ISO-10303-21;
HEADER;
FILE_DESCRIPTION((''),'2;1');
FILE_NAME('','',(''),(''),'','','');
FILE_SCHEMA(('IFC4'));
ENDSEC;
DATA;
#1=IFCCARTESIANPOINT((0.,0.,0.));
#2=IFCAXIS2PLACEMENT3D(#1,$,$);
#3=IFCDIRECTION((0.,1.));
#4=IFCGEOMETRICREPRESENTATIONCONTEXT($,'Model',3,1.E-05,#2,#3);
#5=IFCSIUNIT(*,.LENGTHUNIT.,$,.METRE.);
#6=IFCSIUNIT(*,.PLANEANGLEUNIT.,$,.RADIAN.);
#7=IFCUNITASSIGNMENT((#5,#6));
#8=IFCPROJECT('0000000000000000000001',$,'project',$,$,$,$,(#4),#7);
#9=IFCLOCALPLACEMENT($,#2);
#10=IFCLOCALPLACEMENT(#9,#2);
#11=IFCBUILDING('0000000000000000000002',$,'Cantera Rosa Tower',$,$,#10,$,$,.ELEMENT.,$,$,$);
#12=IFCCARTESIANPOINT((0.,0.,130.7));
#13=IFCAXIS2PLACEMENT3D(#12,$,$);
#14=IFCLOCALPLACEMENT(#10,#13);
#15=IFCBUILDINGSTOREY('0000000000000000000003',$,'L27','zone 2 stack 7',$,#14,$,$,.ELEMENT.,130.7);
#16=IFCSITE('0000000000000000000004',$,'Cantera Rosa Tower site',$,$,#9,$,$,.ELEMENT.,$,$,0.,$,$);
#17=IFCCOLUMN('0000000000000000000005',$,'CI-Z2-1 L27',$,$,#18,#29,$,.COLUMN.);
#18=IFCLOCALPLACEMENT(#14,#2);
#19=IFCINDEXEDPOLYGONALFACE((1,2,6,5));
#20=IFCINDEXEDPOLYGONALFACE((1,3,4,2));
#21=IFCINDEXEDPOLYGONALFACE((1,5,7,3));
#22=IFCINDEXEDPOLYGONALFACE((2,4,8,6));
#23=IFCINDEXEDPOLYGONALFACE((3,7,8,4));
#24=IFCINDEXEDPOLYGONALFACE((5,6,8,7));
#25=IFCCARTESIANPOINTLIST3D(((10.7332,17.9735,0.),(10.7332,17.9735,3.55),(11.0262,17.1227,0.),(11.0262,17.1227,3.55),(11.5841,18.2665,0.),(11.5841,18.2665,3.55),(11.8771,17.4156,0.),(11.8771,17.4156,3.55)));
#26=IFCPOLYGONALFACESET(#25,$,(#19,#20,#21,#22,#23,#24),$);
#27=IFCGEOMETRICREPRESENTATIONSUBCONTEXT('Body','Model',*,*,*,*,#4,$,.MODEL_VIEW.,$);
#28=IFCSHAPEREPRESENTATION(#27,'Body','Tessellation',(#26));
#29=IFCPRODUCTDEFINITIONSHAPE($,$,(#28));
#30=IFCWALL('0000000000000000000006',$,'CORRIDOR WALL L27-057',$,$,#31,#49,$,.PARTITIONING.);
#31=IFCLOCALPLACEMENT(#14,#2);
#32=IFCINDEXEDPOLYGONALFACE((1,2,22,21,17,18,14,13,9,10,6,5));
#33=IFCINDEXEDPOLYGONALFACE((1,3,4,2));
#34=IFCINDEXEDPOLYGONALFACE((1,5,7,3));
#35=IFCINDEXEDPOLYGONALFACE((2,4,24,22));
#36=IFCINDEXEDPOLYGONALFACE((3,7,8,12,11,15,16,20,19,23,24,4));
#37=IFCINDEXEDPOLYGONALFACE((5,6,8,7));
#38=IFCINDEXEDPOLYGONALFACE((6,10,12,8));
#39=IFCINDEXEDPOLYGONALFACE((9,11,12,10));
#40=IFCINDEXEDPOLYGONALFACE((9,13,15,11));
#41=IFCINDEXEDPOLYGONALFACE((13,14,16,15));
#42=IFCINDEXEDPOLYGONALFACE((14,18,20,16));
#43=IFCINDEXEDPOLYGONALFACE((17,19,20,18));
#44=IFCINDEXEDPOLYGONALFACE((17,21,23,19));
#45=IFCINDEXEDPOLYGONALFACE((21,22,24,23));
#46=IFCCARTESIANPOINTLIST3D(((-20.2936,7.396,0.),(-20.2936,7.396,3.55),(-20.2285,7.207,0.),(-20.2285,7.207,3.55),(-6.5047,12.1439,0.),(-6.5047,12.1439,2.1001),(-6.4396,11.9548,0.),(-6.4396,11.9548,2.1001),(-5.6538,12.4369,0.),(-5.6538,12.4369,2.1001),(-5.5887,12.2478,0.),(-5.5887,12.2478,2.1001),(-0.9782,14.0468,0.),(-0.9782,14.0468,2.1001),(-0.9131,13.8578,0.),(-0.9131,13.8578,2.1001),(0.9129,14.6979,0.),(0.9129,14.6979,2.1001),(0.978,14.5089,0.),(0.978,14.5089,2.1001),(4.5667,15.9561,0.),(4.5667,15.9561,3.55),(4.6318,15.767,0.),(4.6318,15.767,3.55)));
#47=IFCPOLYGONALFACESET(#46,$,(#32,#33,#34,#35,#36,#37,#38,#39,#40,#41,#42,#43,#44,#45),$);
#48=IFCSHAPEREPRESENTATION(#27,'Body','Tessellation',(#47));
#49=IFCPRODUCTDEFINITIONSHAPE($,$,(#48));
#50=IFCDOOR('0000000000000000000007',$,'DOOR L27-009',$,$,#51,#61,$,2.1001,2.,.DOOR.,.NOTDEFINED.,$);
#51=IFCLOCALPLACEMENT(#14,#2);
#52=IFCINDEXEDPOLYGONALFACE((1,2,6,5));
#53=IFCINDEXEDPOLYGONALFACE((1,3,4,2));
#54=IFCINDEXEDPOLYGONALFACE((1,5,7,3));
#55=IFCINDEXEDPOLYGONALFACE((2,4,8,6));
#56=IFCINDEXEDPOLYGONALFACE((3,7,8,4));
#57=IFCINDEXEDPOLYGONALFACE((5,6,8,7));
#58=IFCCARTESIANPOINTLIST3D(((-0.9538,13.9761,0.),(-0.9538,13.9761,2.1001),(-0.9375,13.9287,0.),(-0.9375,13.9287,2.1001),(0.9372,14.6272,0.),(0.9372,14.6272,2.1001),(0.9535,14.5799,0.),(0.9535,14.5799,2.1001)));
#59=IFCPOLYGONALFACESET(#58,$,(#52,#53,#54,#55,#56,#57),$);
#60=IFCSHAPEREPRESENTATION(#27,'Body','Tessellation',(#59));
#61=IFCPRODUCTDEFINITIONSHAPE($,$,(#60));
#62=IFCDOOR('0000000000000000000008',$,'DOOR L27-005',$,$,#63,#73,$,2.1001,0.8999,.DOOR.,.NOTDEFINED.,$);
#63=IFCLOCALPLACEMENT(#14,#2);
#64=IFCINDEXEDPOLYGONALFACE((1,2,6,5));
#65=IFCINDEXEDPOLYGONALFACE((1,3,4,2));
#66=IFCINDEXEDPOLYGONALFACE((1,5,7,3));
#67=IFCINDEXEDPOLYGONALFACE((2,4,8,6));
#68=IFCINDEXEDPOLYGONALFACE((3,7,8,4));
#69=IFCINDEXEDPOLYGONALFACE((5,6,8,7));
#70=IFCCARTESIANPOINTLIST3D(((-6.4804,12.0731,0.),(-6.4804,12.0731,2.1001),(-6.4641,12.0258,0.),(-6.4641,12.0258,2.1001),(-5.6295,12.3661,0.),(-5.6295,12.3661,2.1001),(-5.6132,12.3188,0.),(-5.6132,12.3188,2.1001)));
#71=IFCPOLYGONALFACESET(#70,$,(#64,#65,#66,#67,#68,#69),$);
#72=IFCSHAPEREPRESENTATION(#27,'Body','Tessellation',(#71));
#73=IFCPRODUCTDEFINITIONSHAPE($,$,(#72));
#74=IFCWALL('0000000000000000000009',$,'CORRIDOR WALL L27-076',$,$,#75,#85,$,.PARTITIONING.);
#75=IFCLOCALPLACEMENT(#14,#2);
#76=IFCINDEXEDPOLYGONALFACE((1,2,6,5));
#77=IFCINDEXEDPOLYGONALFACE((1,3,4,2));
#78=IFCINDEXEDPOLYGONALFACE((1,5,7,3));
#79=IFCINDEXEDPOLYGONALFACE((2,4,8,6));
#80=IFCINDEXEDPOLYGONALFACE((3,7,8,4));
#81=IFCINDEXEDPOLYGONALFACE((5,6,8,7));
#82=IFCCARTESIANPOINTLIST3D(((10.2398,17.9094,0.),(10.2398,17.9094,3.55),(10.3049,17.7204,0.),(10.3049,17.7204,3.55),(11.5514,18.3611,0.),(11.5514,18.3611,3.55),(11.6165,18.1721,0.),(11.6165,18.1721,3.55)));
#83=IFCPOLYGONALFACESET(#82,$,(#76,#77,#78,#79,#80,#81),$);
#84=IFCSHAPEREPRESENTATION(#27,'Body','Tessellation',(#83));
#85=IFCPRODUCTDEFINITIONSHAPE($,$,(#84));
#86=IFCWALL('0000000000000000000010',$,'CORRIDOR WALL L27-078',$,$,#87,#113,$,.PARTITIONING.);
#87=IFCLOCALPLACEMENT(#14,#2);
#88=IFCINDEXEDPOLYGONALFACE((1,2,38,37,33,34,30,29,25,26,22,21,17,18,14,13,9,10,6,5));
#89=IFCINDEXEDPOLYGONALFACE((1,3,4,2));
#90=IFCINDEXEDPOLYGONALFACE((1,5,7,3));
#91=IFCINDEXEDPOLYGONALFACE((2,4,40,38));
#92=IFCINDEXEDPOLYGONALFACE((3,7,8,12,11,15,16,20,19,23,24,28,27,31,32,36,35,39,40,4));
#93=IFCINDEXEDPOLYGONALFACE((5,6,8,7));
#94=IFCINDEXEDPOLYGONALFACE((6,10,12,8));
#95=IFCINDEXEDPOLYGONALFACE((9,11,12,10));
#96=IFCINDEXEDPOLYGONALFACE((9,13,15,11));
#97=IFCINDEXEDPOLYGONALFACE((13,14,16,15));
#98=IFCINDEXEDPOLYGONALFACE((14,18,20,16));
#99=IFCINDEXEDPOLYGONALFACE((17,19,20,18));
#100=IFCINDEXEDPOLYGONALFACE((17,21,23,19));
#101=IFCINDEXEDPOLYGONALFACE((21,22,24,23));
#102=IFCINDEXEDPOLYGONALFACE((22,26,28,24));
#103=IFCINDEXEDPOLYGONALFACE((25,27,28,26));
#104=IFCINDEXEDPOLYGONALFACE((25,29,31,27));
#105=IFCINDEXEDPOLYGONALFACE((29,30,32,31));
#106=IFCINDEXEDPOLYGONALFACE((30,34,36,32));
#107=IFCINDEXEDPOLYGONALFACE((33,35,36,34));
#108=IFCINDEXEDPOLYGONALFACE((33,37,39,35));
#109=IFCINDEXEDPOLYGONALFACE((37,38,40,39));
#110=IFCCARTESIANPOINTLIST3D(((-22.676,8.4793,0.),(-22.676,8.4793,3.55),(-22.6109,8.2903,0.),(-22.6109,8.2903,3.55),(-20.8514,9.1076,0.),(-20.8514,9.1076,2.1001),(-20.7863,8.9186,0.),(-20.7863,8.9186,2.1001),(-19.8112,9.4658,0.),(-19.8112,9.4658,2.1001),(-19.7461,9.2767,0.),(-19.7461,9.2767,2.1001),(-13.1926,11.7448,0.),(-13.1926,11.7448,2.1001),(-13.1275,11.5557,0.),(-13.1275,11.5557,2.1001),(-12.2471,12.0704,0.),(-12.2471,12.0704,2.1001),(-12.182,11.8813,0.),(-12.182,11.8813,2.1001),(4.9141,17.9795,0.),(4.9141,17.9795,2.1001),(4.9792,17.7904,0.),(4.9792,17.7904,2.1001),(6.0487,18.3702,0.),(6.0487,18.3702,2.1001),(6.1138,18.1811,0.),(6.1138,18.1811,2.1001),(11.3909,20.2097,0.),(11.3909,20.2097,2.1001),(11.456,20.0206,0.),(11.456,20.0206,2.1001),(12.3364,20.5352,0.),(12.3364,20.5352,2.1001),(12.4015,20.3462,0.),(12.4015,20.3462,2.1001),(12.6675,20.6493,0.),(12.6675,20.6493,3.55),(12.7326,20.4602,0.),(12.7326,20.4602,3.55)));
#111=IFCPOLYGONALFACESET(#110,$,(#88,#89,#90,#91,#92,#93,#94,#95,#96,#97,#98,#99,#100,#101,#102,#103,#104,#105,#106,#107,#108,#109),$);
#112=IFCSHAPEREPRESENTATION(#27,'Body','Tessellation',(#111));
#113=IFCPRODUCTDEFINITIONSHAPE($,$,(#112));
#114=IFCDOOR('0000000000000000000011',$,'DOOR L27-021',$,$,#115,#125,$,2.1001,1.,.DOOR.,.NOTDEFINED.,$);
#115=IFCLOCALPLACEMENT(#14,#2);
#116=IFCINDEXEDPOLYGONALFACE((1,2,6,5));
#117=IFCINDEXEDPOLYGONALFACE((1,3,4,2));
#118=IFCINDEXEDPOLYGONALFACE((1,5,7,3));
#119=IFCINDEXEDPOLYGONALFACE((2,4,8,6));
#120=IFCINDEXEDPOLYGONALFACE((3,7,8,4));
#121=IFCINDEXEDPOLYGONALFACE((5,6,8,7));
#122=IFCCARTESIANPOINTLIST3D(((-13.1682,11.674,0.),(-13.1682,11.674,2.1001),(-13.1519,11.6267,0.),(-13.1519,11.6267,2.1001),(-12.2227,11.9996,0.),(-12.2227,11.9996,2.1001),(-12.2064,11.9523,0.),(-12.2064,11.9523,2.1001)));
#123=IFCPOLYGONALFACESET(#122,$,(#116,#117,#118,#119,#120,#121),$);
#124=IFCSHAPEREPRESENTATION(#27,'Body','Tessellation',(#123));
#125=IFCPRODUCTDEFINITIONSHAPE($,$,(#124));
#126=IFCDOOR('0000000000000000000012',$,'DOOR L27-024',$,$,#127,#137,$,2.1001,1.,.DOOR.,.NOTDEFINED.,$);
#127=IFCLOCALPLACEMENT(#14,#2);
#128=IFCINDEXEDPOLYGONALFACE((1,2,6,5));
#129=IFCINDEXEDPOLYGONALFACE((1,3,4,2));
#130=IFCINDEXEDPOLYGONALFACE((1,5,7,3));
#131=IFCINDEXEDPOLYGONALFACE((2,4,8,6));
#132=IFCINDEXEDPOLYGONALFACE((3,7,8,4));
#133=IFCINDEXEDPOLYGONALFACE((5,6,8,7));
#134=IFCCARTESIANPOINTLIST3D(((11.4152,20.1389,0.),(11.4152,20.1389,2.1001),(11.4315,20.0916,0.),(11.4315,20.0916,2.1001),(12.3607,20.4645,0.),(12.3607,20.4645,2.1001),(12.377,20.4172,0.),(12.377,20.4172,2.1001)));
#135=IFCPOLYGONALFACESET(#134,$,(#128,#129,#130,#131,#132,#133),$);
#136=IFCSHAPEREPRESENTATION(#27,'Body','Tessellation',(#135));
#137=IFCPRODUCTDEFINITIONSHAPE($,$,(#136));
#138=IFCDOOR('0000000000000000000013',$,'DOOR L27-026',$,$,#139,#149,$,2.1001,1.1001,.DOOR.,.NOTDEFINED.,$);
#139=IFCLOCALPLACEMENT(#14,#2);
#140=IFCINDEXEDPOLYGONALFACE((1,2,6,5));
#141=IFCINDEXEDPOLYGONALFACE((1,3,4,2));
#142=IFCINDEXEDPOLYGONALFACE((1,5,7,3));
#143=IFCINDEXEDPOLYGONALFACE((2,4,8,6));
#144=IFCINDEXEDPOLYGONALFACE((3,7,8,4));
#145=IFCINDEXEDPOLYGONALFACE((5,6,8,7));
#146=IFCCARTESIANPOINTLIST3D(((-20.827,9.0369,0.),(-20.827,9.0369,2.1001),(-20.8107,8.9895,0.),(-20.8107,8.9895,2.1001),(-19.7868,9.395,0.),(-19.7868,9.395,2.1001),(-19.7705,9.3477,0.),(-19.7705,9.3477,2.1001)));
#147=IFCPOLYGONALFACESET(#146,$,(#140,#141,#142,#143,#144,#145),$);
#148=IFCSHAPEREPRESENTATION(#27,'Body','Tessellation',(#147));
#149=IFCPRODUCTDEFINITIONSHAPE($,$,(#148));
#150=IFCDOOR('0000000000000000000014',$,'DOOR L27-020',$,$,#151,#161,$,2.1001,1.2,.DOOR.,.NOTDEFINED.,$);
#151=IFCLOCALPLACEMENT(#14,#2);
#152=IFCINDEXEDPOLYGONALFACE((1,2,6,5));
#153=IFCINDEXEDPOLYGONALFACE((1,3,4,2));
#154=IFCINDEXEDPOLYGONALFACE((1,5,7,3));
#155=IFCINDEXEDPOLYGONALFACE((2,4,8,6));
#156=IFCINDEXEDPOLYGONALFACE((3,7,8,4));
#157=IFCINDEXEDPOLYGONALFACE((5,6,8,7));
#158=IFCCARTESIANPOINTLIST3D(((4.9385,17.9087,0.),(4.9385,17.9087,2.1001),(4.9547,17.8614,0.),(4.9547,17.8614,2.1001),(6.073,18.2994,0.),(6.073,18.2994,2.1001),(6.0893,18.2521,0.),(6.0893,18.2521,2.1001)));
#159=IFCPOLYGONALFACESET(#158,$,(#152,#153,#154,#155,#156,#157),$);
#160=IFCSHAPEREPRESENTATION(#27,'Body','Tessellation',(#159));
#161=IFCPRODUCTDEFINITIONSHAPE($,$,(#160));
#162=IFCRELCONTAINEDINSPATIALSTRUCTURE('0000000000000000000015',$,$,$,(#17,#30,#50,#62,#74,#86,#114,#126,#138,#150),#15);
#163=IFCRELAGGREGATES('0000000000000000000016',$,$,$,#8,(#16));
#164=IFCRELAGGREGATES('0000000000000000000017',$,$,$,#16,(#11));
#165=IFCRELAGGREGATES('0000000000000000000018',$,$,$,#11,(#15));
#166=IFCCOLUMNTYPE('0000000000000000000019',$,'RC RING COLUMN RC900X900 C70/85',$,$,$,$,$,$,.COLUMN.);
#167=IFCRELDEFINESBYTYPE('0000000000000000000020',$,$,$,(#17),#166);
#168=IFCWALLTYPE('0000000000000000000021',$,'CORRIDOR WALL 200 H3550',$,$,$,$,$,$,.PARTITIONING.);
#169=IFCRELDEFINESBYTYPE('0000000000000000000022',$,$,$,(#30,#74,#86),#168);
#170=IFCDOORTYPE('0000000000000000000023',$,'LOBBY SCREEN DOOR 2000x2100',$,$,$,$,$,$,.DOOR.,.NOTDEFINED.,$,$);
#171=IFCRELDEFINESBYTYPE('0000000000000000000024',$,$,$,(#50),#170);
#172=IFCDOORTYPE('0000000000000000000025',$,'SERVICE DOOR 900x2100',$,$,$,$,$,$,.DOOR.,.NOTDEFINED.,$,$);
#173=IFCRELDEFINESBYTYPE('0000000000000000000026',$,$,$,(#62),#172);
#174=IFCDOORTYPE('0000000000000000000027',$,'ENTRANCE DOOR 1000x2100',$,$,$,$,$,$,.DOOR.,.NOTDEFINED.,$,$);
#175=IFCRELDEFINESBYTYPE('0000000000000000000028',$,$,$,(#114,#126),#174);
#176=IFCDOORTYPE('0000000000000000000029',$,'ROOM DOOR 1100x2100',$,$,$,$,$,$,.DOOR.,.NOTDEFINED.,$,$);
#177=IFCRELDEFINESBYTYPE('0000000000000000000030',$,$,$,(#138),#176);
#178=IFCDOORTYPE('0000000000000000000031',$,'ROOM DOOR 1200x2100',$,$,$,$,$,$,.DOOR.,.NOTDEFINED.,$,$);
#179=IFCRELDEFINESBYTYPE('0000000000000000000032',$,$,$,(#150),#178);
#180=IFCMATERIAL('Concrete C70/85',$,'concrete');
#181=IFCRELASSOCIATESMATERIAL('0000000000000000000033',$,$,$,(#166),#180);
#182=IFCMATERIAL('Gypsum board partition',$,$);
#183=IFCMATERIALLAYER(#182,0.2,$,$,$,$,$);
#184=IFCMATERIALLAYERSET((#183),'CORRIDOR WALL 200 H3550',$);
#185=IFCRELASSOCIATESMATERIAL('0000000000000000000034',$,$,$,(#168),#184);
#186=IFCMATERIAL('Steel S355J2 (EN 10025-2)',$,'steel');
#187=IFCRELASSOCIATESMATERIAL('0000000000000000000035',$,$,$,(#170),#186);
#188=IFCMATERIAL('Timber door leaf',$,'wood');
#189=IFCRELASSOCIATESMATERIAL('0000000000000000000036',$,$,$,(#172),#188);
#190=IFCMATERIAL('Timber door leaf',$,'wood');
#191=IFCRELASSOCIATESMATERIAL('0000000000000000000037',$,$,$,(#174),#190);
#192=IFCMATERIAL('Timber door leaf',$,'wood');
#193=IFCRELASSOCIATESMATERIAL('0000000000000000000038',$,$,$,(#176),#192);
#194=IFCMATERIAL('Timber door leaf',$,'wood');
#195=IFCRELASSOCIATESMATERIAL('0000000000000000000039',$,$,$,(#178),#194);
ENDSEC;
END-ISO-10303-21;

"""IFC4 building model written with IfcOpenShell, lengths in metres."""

from ifc_helpers import new_model, si_unit, direction, frame, frame_2d, origin, origin_2d, place, context, subcontext, project, spatial, rectangle, extrude, material, layer, layer_set, material_profile, profile_set, type_object, element, fill, save


model = new_model("IFC4")

# Units and contexts
model_context = context("Model", 3, precision=1e-05, world=origin(), true_north=direction((0.0, 1.0)))
body_context = subcontext(model_context, "Body", "Model", "MODEL_VIEW")
ifc_project = project(units=[si_unit("LENGTHUNIT", "METRE"), si_unit("PLANEANGLEUNIT", "RADIAN")], contexts=[model_context])

# Site, building, storey
site_placement = place(None, origin())
site = spatial("IfcSite", under=ifc_project, at=site_placement, Name="Cantera Rosa Tower site", CompositionType="ELEMENT", RefElevation=0.0)
building_placement = place(site_placement, origin())
building = spatial("IfcBuilding", under=site, at=building_placement, Name="Cantera Rosa Tower", CompositionType="ELEMENT")
storey_placement = place(building_placement, frame((0.0, 0.0, 130.7)))
storey = spatial("IfcBuildingStorey", under=building, at=storey_placement, Name="L27", Description="zone 2 stack 7", CompositionType="ELEMENT", Elevation=130.7)

# Column
ifc_material_1 = material(Name="Concrete C70/85", Category="concrete")
ifc_material_profile = material_profile(ifc_material_1, rectangle(XDim=0.8999, YDim=0.8999, at=origin_2d()), Name="RC RING COLUMN RC900X900 C70/85")
ifc_profile_set = profile_set([ifc_material_profile], Name="Concrete C70/85")
column_type = type_object("IfcColumnType", Name="RC RING COLUMN RC900X900 C70/85", PredefinedType="COLUMN", material=ifc_profile_set)
column_placement = place(storey_placement, frame((11.3052, 17.6946, 0.0), z_axis=(0.0, 0.0, 1.0), x_axis=(0.945519, 0.325568, 0.0)))
element("IfcColumn", 1, at=column_placement, inside=storey, type_object=column_type, Name="CI-Z2-1 L27", PredefinedType="COLUMN", context=body_context, shape_type="SweptSolid", body=[
    extrude(rectangle(XDim=0.8999, YDim=0.8999, at=origin_2d()), origin(), (0.0, 0.0, 1.0), 3.55),
])

# Wall, openings, doors
ifc_material_2 = material(Name="Gypsum board partition")
ifc_layer_1 = layer(ifc_material_2, 0.2)
ifc_layer_set_1 = layer_set([ifc_layer_1], Name="CORRIDOR WALL 200 H3550")
wall_type_1 = type_object("IfcWallType", Name="CORRIDOR WALL 200 H3550", PredefinedType="PARTITIONING", material=ifc_layer_set_1)
wall_1_placement = place(storey_placement, frame((4.5994, 15.8616, 0.0), z_axis=(0.0, 0.0, 1.0), x_axis=(-0.945519, -0.325567, 0.0)))
wall_1 = element("IfcWall", 2, at=wall_1_placement, inside=storey, type_object=wall_type_1, Name="CORRIDOR WALL L27-057", PredefinedType="PARTITIONING", context=body_context, shape_type="SweptSolid", body=[
    extrude(rectangle(XDim=26.2927, YDim=0.2, at=frame_2d((13.1465, 0.0))), origin(), (0.0, 0.0, 1.0), 3.55),
])
opening_1_placement = place(wall_1_placement, frame((10.8096, 0.0, 0.0)))
opening_1 = element("IfcOpeningElement", 3, at=opening_1_placement, cuts=wall_1, PredefinedType="OPENING", context=body_context, shape_type="SweptSolid", body=[
    extrude(rectangle(XDim=0.8999, YDim=2.1001, at=frame_2d((0.45, 1.05))), frame((0.0, 0.1099, 0.0), z_axis=(0.0, -1.0, 0.0), x_axis=(1.0, 0.0, 0.0)), (0.0, 0.0, 1.0), 0.22),
])
opening_2_placement = place(wall_1_placement, frame((3.8645, 0.0, 0.0)))
opening_2 = element("IfcOpeningElement", 4, at=opening_2_placement, cuts=wall_1, PredefinedType="OPENING", context=body_context, shape_type="SweptSolid", body=[
    extrude(rectangle(XDim=2.0, YDim=2.1001, at=frame_2d((1.0, 1.05))), frame((0.0, 0.1099, 0.0), z_axis=(0.0, -1.0, 0.0), x_axis=(1.0, 0.0, 0.0)), (0.0, 0.0, 1.0), 0.22),
])
ifc_material_3 = material(Name="Steel S355J2 (EN 10025-2)", Category="steel")
door_type_1 = type_object("IfcDoorType", Name="LOBBY SCREEN DOOR 2000x2100", OperationType="NOTDEFINED", PredefinedType="DOOR", material=ifc_material_3)
door_1_placement = place(opening_2_placement, origin())
door_1 = element("IfcDoor", 5, at=door_1_placement, inside=storey, type_object=door_type_1, Name="DOOR L27-009", OperationType="NOTDEFINED", OverallHeight=2.1001, OverallWidth=2.0, PredefinedType="DOOR", context=body_context, shape_type="SweptSolid", body=[
    extrude(rectangle(XDim=2.0, YDim=2.1001, at=frame_2d((1.0, 1.05))), frame((0.0, 0.0249, 0.0), z_axis=(0.0, -1.0, 0.0), x_axis=(1.0, 0.0, 0.0)), (0.0, 0.0, 1.0), 0.05),
])
fill(opening_2, door_1)
ifc_material_4 = material(Name="Timber door leaf", Category="wood")
door_type_2 = type_object("IfcDoorType", Name="SERVICE DOOR 900x2100", OperationType="NOTDEFINED", PredefinedType="DOOR", material=ifc_material_4)
door_2_placement = place(opening_1_placement, origin())
door_2 = element("IfcDoor", 6, at=door_2_placement, inside=storey, type_object=door_type_2, Name="DOOR L27-005", OperationType="NOTDEFINED", OverallHeight=2.1001, OverallWidth=0.8999, PredefinedType="DOOR", context=body_context, shape_type="SweptSolid", body=[
    extrude(rectangle(XDim=0.8999, YDim=2.1001, at=frame_2d((0.45, 1.05))), frame((0.0, 0.0249, 0.0), z_axis=(0.0, -1.0, 0.0), x_axis=(1.0, 0.0, 0.0)), (0.0, 0.0, 1.0), 0.05),
])
fill(opening_1, door_2)

# Wall
wall_2_placement = place(storey_placement, frame((11.584, 18.2666, 0.0), z_axis=(0.0, 0.0, 1.0), x_axis=(-0.945504, -0.325611, 0.0)))
element("IfcWall", 7, at=wall_2_placement, inside=storey, type_object=wall_type_1, Name="CORRIDOR WALL L27-076", PredefinedType="PARTITIONING", context=body_context, shape_type="SweptSolid", body=[
    extrude(rectangle(XDim=1.3872, YDim=0.2, at=frame_2d((0.6936, 0.0))), origin(), (0.0, 0.0, 1.0), 3.55),
])

# Wall, openings, doors
wall_3_placement = place(storey_placement, frame((12.7, 20.5547, 0.0), z_axis=(0.0, 0.0, 1.0), x_axis=(-0.945517, -0.325572, 0.0)))
wall_3 = element("IfcWall", 8, at=wall_3_placement, inside=storey, type_object=wall_type_1, Name="CORRIDOR WALL L27-078", PredefinedType="PARTITIONING", context=body_context, shape_type="SweptSolid", body=[
    extrude(rectangle(XDim=37.3801, YDim=0.2, at=frame_2d((18.6899, 0.0))), origin(), (0.0, 0.0, 1.0), 3.55),
])
opening_3_placement = place(wall_3_placement, frame((7.0, 0.0, 0.0)))
opening_3 = element("IfcOpeningElement", 9, at=opening_3_placement, cuts=wall_3, PredefinedType="OPENING", context=body_context, shape_type="SweptSolid", body=[
    extrude(rectangle(XDim=1.2, YDim=2.1001, at=frame_2d((0.6001, 1.05))), frame((0.0, 0.1099, 0.0), z_axis=(0.0, -1.0, 0.0), x_axis=(1.0, 0.0, 0.0)), (0.0, 0.0, 1.0), 0.22),
])
opening_4_placement = place(wall_3_placement, frame((26.3501, 0.0, 0.0)))
opening_4 = element("IfcOpeningElement", 10, at=opening_4_placement, cuts=wall_3, PredefinedType="OPENING", context=body_context, shape_type="SweptSolid", body=[
    extrude(rectangle(XDim=1.0, YDim=2.1001, at=frame_2d((0.5, 1.05))), frame((0.0, 0.1099, 0.0), z_axis=(0.0, -1.0, 0.0), x_axis=(1.0, 0.0, 0.0)), (0.0, 0.0, 1.0), 0.22),
])
opening_5_placement = place(wall_3_placement, frame((0.3501, 0.0, 0.0)))
opening_5 = element("IfcOpeningElement", 11, at=opening_5_placement, cuts=wall_3, PredefinedType="OPENING", context=body_context, shape_type="SweptSolid", body=[
    extrude(rectangle(XDim=1.0, YDim=2.1001, at=frame_2d((0.5, 1.05))), frame((0.0, 0.1099, 0.0), z_axis=(0.0, -1.0, 0.0), x_axis=(1.0, 0.0, 0.0)), (0.0, 0.0, 1.0), 0.22),
])
opening_6_placement = place(wall_3_placement, frame((34.3501, 0.0, 0.0)))
opening_6 = element("IfcOpeningElement", 12, at=opening_6_placement, cuts=wall_3, PredefinedType="OPENING", context=body_context, shape_type="SweptSolid", body=[
    extrude(rectangle(XDim=1.1001, YDim=2.1001, at=frame_2d((0.55, 1.05))), frame((0.0, 0.1099, 0.0), z_axis=(0.0, -1.0, 0.0), x_axis=(1.0, 0.0, 0.0)), (0.0, 0.0, 1.0), 0.22),
])
ifc_material_5 = material(Name="Timber door leaf", Category="wood")
door_type_3 = type_object("IfcDoorType", Name="ENTRANCE DOOR 1000x2100", OperationType="NOTDEFINED", PredefinedType="DOOR", material=ifc_material_5)
door_3_placement = place(opening_4_placement, origin())
door_3 = element("IfcDoor", 13, at=door_3_placement, inside=storey, type_object=door_type_3, Name="DOOR L27-021", OperationType="NOTDEFINED", OverallHeight=2.1001, OverallWidth=1.0, PredefinedType="DOOR", context=body_context, shape_type="SweptSolid", body=[
    extrude(rectangle(XDim=1.0, YDim=2.1001, at=frame_2d((0.5, 1.05))), frame((0.0, 0.0249, 0.0), z_axis=(0.0, -1.0, 0.0), x_axis=(1.0, 0.0, 0.0)), (0.0, 0.0, 1.0), 0.05),
])
fill(opening_4, door_3)
door_4_placement = place(opening_5_placement, origin())
door_4 = element("IfcDoor", 14, at=door_4_placement, inside=storey, type_object=door_type_3, Name="DOOR L27-024", OperationType="NOTDEFINED", OverallHeight=2.1001, OverallWidth=1.0, PredefinedType="DOOR", context=body_context, shape_type="SweptSolid", body=[
    extrude(rectangle(XDim=1.0, YDim=2.1001, at=frame_2d((0.5, 1.05))), frame((0.0, 0.0249, 0.0), z_axis=(0.0, -1.0, 0.0), x_axis=(1.0, 0.0, 0.0)), (0.0, 0.0, 1.0), 0.05),
])
fill(opening_5, door_4)
ifc_material_6 = material(Name="Timber door leaf", Category="wood")
door_type_4 = type_object("IfcDoorType", Name="ROOM DOOR 1100x2100", OperationType="NOTDEFINED", PredefinedType="DOOR", material=ifc_material_6)
door_5_placement = place(opening_6_placement, origin())
door_5 = element("IfcDoor", 15, at=door_5_placement, inside=storey, type_object=door_type_4, Name="DOOR L27-026", OperationType="NOTDEFINED", OverallHeight=2.1001, OverallWidth=1.1001, PredefinedType="DOOR", context=body_context, shape_type="SweptSolid", body=[
    extrude(rectangle(XDim=1.1001, YDim=2.1001, at=frame_2d((0.55, 1.05))), frame((0.0, 0.0249, 0.0), z_axis=(0.0, -1.0, 0.0), x_axis=(1.0, 0.0, 0.0)), (0.0, 0.0, 1.0), 0.05),
])
fill(opening_6, door_5)
ifc_material_7 = material(Name="Timber door leaf", Category="wood")
door_type_5 = type_object("IfcDoorType", Name="ROOM DOOR 1200x2100", OperationType="NOTDEFINED", PredefinedType="DOOR", material=ifc_material_7)
door_6_placement = place(opening_3_placement, origin())
door_6 = element("IfcDoor", 16, at=door_6_placement, inside=storey, type_object=door_type_5, Name="DOOR L27-020", OperationType="NOTDEFINED", OverallHeight=2.1001, OverallWidth=1.2, PredefinedType="DOOR", context=body_context, shape_type="SweptSolid", body=[
    extrude(rectangle(XDim=1.2, YDim=2.1001, at=frame_2d((0.6001, 1.05))), frame((0.0, 0.0249, 0.0), z_axis=(0.0, -1.0, 0.0), x_axis=(1.0, 0.0, 0.0)), (0.0, 0.0, 1.0), 0.05),
])
fill(opening_3, door_6)

save(model, "model.ifc")
